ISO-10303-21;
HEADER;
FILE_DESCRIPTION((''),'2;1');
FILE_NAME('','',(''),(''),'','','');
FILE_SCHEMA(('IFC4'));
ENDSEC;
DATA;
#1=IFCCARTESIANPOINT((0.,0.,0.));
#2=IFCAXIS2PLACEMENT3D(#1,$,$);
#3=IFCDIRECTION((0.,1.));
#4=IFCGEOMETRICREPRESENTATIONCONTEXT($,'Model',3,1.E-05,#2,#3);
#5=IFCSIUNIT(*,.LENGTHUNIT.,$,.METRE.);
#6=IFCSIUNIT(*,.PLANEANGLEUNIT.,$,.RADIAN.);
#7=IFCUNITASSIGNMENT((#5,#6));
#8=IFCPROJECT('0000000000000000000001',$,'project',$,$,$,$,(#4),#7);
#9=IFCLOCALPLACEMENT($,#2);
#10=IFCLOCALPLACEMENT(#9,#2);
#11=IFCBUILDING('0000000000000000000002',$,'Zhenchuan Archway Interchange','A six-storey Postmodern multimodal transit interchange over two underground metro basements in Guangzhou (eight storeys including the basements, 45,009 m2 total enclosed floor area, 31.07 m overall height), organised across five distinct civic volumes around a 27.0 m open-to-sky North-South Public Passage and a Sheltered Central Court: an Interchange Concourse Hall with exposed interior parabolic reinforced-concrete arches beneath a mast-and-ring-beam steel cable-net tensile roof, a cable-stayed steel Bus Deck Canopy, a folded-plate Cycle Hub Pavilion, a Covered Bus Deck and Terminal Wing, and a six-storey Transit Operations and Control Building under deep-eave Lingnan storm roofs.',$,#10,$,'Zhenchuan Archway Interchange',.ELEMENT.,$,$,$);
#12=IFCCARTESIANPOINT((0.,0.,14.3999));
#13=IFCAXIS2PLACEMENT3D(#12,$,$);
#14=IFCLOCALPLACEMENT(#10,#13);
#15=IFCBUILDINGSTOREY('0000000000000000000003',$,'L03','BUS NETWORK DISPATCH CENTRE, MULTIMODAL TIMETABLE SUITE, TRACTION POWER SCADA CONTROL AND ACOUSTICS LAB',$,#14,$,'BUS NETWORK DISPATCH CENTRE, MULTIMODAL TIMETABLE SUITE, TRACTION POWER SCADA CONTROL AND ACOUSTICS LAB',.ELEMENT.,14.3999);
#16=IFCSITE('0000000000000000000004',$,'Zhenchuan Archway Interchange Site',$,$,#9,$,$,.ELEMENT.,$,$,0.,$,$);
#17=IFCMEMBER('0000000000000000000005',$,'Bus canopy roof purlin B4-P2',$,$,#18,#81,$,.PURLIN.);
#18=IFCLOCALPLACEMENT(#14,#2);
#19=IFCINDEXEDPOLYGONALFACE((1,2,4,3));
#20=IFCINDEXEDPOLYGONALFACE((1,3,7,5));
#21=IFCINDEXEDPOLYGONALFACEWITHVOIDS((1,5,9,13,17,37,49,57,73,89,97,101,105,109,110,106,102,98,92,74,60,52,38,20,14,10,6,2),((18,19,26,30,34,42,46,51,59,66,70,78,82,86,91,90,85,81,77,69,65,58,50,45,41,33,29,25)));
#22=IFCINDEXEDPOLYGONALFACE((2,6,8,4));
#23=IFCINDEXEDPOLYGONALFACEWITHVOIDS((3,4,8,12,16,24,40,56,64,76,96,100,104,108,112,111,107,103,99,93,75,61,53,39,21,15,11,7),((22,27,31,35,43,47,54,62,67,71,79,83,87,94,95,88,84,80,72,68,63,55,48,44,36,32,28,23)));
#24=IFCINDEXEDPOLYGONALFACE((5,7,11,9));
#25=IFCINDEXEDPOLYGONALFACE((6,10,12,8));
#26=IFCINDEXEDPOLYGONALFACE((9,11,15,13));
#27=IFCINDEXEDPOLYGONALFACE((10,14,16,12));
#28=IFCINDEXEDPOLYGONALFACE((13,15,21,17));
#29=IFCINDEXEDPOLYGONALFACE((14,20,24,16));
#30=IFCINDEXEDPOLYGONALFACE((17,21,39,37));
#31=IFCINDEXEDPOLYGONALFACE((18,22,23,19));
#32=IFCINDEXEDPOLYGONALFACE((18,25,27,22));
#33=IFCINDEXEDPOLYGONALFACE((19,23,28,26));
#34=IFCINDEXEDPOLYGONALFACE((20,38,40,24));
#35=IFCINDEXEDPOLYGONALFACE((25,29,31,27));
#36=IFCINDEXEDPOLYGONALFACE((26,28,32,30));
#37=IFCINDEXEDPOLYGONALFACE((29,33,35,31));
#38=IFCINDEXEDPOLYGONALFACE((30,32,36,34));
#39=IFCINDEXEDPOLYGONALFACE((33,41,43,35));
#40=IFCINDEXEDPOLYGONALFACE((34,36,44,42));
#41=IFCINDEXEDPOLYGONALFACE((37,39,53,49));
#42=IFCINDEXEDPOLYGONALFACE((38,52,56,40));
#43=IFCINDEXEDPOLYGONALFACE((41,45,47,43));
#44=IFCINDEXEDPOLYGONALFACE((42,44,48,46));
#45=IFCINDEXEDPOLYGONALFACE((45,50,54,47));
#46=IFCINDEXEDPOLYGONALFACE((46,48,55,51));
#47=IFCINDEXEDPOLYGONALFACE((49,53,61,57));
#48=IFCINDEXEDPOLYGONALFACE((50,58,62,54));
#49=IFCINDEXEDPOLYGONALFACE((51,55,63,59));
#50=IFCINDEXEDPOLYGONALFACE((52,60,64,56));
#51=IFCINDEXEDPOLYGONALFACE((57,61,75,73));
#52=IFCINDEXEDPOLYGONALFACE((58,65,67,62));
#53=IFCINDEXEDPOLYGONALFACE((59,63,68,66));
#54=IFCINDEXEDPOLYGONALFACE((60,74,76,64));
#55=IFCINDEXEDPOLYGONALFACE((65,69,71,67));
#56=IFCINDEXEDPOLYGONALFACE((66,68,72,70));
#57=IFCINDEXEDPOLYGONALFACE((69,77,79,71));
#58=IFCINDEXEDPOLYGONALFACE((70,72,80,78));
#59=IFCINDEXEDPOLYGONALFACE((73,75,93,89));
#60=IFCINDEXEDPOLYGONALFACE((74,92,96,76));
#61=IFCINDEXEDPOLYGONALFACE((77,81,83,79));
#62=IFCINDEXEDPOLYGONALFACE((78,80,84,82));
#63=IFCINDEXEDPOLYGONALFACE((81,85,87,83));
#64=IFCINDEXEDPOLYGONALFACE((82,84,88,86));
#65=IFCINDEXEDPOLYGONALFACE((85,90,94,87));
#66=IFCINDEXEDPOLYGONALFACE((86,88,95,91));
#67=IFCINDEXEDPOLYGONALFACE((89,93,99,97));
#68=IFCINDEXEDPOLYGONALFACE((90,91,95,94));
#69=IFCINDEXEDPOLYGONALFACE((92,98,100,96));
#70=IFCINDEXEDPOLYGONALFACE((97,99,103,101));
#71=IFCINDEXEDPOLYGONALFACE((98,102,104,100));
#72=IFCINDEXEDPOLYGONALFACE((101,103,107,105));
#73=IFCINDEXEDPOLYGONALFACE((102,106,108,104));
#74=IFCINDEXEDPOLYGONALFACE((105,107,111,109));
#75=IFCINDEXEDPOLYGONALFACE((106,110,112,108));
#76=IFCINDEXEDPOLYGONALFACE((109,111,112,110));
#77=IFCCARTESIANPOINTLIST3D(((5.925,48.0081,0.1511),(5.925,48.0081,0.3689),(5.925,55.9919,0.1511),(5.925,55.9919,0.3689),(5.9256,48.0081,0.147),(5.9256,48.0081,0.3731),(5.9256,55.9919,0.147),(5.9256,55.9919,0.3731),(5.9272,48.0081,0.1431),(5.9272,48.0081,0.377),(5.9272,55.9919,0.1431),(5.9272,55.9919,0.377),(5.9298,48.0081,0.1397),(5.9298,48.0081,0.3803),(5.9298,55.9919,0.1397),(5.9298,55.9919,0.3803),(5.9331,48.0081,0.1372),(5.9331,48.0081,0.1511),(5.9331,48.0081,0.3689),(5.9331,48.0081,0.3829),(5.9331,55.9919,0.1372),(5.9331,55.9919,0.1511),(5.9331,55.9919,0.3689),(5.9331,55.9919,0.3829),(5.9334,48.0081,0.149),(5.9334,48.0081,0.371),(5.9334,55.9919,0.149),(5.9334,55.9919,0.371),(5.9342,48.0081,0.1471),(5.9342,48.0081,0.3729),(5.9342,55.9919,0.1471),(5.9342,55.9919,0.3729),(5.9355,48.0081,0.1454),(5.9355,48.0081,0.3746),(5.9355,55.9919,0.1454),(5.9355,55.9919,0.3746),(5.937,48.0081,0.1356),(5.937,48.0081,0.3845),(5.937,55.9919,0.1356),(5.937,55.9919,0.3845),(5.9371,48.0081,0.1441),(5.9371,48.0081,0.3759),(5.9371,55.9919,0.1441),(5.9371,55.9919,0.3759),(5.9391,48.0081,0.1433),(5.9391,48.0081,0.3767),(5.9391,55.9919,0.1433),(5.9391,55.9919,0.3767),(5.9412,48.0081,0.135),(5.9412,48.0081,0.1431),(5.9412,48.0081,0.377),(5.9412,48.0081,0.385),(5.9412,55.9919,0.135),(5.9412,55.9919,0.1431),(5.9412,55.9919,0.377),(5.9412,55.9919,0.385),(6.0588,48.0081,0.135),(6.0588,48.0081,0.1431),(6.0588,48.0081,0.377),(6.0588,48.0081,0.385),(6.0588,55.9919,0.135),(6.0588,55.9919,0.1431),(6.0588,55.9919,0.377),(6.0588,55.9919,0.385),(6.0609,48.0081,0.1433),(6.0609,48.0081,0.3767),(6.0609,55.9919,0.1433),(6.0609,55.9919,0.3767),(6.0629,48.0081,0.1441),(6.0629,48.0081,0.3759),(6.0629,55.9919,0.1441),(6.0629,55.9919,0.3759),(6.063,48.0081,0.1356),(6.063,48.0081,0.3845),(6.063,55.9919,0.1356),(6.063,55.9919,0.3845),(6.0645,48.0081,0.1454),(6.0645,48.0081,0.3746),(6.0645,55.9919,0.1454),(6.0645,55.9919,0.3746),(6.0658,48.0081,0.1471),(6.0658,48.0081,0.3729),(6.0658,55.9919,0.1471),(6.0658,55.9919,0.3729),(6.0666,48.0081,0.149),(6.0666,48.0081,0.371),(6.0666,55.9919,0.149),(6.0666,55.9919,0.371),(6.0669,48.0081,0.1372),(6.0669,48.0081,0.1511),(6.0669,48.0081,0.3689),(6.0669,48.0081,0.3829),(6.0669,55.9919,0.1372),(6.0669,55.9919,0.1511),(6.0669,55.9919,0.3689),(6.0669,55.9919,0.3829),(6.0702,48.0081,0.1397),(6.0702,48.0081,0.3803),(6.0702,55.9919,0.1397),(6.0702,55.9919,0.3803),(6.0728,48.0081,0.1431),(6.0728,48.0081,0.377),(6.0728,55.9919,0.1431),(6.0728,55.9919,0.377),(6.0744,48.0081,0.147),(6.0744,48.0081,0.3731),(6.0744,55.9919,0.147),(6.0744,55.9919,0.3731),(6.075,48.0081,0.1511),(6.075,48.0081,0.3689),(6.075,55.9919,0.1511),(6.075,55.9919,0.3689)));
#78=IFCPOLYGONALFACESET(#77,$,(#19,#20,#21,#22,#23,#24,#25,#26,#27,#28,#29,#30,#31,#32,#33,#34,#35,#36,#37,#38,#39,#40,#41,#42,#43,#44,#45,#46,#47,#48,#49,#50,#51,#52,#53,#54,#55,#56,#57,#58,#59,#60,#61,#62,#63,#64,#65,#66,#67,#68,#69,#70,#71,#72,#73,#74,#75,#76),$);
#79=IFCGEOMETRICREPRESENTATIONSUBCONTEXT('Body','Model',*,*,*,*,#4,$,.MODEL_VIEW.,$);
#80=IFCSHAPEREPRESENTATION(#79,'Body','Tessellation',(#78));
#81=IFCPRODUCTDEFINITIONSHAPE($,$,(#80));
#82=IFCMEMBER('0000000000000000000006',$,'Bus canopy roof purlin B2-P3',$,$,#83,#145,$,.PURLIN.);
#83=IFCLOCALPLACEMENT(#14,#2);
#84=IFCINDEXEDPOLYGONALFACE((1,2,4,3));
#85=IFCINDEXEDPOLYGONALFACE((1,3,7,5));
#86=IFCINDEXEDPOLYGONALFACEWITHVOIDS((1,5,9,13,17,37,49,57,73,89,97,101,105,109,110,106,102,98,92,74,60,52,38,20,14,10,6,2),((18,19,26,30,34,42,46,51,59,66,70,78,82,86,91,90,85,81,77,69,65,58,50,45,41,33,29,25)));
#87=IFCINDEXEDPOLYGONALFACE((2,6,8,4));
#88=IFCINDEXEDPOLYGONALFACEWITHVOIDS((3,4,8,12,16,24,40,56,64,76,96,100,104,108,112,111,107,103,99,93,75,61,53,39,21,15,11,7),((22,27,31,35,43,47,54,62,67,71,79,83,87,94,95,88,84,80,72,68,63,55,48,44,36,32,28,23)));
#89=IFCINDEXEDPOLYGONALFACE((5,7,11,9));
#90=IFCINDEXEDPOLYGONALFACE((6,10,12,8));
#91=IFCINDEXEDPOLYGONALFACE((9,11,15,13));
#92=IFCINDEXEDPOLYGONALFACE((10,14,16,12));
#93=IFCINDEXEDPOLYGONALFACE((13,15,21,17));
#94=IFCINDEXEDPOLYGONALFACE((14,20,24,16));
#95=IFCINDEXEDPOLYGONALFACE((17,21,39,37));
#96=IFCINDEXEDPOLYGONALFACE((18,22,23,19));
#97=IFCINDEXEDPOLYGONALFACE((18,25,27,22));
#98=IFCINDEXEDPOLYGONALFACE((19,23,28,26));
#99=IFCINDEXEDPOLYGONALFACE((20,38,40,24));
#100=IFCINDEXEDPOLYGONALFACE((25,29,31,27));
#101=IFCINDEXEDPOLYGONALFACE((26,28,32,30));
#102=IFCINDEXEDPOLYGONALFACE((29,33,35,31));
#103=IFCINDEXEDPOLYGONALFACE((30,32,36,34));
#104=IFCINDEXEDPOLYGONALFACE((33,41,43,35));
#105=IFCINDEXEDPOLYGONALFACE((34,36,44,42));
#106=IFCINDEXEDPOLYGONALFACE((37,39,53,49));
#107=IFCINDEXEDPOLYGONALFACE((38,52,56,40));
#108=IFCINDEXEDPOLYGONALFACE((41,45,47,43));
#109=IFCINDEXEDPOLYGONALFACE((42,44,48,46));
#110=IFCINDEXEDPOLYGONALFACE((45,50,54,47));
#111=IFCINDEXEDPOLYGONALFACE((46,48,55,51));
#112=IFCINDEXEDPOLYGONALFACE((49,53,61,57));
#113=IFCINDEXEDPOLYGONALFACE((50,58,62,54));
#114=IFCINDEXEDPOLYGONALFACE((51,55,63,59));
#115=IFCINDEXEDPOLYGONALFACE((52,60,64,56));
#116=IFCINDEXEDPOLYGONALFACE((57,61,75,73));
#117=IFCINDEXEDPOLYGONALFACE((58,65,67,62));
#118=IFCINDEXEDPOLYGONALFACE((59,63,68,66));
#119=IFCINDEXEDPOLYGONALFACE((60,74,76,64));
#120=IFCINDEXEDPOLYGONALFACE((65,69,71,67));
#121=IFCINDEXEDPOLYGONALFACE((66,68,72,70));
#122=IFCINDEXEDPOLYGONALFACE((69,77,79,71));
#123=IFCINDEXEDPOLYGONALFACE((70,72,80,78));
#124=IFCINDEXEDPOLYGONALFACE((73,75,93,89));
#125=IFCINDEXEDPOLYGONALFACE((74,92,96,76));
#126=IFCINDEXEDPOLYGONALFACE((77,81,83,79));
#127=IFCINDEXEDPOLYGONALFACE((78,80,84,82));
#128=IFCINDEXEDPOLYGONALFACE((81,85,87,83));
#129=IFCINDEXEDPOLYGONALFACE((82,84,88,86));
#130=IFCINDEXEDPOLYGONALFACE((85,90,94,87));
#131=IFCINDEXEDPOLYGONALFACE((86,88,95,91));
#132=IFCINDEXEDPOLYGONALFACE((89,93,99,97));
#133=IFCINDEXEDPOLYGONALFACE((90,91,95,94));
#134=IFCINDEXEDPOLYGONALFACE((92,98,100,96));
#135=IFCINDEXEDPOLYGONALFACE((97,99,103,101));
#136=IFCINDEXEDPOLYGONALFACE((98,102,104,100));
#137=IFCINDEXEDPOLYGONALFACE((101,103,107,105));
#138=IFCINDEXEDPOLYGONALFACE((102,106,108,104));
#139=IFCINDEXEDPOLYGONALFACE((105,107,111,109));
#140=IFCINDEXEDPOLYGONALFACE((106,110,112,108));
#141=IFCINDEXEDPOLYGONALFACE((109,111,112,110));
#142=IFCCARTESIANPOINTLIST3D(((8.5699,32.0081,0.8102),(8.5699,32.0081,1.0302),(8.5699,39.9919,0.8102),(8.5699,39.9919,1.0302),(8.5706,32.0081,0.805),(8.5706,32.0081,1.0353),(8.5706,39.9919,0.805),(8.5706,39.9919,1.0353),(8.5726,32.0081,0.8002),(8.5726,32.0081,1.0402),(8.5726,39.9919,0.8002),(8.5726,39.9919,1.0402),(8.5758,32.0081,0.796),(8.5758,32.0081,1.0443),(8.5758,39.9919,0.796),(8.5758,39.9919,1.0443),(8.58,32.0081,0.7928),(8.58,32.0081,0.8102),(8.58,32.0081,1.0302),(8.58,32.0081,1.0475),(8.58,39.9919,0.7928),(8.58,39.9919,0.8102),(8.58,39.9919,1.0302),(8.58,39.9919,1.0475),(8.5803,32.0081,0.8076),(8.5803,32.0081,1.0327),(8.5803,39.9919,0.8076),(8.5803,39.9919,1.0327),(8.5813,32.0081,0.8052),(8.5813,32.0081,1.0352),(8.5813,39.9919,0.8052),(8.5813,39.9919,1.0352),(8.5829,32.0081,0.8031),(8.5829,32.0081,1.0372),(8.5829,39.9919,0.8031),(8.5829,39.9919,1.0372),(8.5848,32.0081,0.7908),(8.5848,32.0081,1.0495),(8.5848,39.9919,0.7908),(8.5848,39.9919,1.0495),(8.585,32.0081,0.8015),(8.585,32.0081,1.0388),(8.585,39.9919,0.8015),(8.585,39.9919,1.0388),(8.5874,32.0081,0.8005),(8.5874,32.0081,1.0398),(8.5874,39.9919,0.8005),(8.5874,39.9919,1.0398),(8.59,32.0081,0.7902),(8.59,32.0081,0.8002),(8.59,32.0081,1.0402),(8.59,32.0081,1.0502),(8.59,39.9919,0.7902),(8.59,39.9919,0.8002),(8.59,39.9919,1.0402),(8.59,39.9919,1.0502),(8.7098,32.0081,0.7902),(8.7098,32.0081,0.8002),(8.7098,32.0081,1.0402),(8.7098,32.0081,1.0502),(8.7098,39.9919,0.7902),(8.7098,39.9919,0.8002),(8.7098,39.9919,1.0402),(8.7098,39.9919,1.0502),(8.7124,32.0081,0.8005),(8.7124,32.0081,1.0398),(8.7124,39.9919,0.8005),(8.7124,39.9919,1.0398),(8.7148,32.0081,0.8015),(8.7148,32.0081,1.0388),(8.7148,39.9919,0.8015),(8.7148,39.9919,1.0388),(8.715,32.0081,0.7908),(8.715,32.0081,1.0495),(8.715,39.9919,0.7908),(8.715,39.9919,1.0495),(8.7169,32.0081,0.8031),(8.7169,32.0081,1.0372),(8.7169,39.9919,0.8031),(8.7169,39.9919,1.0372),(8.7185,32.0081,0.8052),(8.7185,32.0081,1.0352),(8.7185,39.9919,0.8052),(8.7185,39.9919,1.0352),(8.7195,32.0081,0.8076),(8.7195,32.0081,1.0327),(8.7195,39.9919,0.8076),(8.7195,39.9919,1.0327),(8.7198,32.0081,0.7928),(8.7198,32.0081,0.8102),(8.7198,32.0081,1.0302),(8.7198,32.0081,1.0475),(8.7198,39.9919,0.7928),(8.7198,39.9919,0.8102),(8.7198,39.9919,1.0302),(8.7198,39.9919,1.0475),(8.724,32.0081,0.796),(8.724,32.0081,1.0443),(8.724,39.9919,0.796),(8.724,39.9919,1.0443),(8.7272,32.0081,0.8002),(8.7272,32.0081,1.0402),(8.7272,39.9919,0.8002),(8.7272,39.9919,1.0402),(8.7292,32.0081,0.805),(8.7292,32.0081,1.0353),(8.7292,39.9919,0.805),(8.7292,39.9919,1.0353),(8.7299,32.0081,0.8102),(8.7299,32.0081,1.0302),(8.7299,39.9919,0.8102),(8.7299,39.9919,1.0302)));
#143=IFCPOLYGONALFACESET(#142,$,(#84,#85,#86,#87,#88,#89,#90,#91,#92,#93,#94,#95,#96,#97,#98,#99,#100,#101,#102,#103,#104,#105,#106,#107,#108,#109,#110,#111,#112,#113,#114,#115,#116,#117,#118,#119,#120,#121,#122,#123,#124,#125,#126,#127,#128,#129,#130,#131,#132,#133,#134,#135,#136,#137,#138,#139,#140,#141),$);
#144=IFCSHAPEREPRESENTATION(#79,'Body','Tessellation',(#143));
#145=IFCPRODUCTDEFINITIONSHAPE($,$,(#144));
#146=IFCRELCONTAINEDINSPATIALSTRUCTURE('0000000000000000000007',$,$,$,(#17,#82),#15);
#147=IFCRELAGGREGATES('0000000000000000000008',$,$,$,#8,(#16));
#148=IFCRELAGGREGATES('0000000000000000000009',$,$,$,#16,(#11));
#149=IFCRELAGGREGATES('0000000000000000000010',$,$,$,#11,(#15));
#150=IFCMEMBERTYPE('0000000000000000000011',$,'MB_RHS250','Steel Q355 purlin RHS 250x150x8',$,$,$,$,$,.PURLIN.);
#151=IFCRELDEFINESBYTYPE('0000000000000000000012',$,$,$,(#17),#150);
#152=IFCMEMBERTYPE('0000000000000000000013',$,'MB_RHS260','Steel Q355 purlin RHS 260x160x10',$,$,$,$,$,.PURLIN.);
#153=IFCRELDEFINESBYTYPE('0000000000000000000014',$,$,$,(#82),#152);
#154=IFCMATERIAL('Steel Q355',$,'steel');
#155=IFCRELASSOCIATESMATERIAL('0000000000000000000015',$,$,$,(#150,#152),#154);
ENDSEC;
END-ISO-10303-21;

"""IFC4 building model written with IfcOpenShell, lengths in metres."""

from ifc_helpers import new_model, si_unit, direction, frame, origin, origin_2d, place, context, subcontext, project, spatial, hollow_rectangle, extrude, material, material_profile, profile_set, type_object, element, save


model = new_model("IFC4")

# Units and contexts
model_context = context("Model", 3, precision=1e-05, world=origin(), true_north=direction((0.0, 1.0)))
body_context = subcontext(model_context, "Body", "Model", "MODEL_VIEW")
ifc_project = project(units=[si_unit("LENGTHUNIT", "METRE"), si_unit("PLANEANGLEUNIT", "RADIAN")], contexts=[model_context])

# Site, building, storey
site_placement = place(None, origin())
site = spatial("IfcSite", under=ifc_project, at=site_placement, Name="Zhenchuan Archway Interchange Site", CompositionType="ELEMENT", RefElevation=0.0)
building_placement = place(site_placement, origin())
building = spatial("IfcBuilding", under=site, at=building_placement, Name="Zhenchuan Archway Interchange", Description="A six-storey Postmodern multimodal transit interchange over two underground metro basements in Guangzhou (eight storeys including the basements, 45,009 m2 total enclosed floor area, 31.07 m overall height), organised across five distinct civic volumes around a 27.0 m open-to-sky North-South Public Passage and a Sheltered Central Court: an Interchange Concourse Hall with exposed interior parabolic reinforced-concrete arches beneath a mast-and-ring-beam steel cable-net tensile roof, a cable-stayed steel Bus Deck Canopy, a folded-plate Cycle Hub Pavilion, a Covered Bus Deck and Terminal Wing, and a six-storey Transit Operations and Control Building under deep-eave Lingnan storm roofs.", LongName="Zhenchuan Archway Interchange", CompositionType="ELEMENT")
storey_placement = place(building_placement, frame((0.0, 0.0, 14.3999)))
storey = spatial("IfcBuildingStorey", under=building, at=storey_placement, Name="L03", Description="BUS NETWORK DISPATCH CENTRE, MULTIMODAL TIMETABLE SUITE, TRACTION POWER SCADA CONTROL AND ACOUSTICS LAB", LongName="BUS NETWORK DISPATCH CENTRE, MULTIMODAL TIMETABLE SUITE, TRACTION POWER SCADA CONTROL AND ACOUSTICS LAB", CompositionType="ELEMENT", Elevation=14.3999)

# Shared definitions
ifc_material_1 = material(Name="Steel Q355", Category="steel")

# Members
ifc_material_profile_1 = material_profile(ifc_material_1, hollow_rectangle(XDim=0.1499, YDim=0.25, WallThickness=0.0081, InnerFilletRadius=0.0081, OuterFilletRadius=0.0161, at=origin_2d()), Name="RHS 250x150x8")
ifc_profile_set_1 = profile_set([ifc_material_profile_1], Name="Steel Q355")
member_type_1 = type_object("IfcMemberType", Name="MB_RHS250", Description="Steel Q355 purlin RHS 250x150x8", PredefinedType="PURLIN", material=ifc_profile_set_1)
for number, where, z_axis, x_axis, name in (
    (1, (6.0, 48.0081, 0.26), (0.0, 1.0, 0.0), (-1.0, 0.0, 0.0), "Bus canopy roof purlin B4-P2"),
):
    element("IfcMember", number, at=place(storey_placement, frame(where, z_axis=z_axis, x_axis=x_axis)), inside=storey, type_object=member_type_1, Name=name, PredefinedType="PURLIN", context=body_context, shape_type="SweptSolid", body=[
        extrude(hollow_rectangle(XDim=0.1499, YDim=0.25, WallThickness=0.0081, InnerFilletRadius=0.0081, OuterFilletRadius=0.0161, at=origin_2d()), origin(), (0.0, 0.0, 1.0), 7.9839),
    ])
ifc_material_profile_2 = material_profile(ifc_material_1, hollow_rectangle(XDim=0.1599, YDim=0.26, WallThickness=0.01, InnerFilletRadius=0.01, OuterFilletRadius=0.02, at=origin_2d()), Name="RHS 260x160x10")
ifc_profile_set_2 = profile_set([ifc_material_profile_2], Name="Steel Q355")
member_type_2 = type_object("IfcMemberType", Name="MB_RHS260", Description="Steel Q355 purlin RHS 260x160x10", PredefinedType="PURLIN", material=ifc_profile_set_2)
for number, where, z_axis, x_axis, name in (
    (2, (8.6499, 32.0081, 0.9202), (0.0, 1.0, 0.0), (-1.0, 0.0, 0.0), "Bus canopy roof purlin B2-P3"),
):
    element("IfcMember", number, at=place(storey_placement, frame(where, z_axis=z_axis, x_axis=x_axis)), inside=storey, type_object=member_type_2, Name=name, PredefinedType="PURLIN", context=body_context, shape_type="SweptSolid", body=[
        extrude(hollow_rectangle(XDim=0.1599, YDim=0.26, WallThickness=0.01, InnerFilletRadius=0.01, OuterFilletRadius=0.02, at=origin_2d()), origin(), (0.0, 0.0, 1.0), 7.9839),
    ])

save(model, "model.ifc")
